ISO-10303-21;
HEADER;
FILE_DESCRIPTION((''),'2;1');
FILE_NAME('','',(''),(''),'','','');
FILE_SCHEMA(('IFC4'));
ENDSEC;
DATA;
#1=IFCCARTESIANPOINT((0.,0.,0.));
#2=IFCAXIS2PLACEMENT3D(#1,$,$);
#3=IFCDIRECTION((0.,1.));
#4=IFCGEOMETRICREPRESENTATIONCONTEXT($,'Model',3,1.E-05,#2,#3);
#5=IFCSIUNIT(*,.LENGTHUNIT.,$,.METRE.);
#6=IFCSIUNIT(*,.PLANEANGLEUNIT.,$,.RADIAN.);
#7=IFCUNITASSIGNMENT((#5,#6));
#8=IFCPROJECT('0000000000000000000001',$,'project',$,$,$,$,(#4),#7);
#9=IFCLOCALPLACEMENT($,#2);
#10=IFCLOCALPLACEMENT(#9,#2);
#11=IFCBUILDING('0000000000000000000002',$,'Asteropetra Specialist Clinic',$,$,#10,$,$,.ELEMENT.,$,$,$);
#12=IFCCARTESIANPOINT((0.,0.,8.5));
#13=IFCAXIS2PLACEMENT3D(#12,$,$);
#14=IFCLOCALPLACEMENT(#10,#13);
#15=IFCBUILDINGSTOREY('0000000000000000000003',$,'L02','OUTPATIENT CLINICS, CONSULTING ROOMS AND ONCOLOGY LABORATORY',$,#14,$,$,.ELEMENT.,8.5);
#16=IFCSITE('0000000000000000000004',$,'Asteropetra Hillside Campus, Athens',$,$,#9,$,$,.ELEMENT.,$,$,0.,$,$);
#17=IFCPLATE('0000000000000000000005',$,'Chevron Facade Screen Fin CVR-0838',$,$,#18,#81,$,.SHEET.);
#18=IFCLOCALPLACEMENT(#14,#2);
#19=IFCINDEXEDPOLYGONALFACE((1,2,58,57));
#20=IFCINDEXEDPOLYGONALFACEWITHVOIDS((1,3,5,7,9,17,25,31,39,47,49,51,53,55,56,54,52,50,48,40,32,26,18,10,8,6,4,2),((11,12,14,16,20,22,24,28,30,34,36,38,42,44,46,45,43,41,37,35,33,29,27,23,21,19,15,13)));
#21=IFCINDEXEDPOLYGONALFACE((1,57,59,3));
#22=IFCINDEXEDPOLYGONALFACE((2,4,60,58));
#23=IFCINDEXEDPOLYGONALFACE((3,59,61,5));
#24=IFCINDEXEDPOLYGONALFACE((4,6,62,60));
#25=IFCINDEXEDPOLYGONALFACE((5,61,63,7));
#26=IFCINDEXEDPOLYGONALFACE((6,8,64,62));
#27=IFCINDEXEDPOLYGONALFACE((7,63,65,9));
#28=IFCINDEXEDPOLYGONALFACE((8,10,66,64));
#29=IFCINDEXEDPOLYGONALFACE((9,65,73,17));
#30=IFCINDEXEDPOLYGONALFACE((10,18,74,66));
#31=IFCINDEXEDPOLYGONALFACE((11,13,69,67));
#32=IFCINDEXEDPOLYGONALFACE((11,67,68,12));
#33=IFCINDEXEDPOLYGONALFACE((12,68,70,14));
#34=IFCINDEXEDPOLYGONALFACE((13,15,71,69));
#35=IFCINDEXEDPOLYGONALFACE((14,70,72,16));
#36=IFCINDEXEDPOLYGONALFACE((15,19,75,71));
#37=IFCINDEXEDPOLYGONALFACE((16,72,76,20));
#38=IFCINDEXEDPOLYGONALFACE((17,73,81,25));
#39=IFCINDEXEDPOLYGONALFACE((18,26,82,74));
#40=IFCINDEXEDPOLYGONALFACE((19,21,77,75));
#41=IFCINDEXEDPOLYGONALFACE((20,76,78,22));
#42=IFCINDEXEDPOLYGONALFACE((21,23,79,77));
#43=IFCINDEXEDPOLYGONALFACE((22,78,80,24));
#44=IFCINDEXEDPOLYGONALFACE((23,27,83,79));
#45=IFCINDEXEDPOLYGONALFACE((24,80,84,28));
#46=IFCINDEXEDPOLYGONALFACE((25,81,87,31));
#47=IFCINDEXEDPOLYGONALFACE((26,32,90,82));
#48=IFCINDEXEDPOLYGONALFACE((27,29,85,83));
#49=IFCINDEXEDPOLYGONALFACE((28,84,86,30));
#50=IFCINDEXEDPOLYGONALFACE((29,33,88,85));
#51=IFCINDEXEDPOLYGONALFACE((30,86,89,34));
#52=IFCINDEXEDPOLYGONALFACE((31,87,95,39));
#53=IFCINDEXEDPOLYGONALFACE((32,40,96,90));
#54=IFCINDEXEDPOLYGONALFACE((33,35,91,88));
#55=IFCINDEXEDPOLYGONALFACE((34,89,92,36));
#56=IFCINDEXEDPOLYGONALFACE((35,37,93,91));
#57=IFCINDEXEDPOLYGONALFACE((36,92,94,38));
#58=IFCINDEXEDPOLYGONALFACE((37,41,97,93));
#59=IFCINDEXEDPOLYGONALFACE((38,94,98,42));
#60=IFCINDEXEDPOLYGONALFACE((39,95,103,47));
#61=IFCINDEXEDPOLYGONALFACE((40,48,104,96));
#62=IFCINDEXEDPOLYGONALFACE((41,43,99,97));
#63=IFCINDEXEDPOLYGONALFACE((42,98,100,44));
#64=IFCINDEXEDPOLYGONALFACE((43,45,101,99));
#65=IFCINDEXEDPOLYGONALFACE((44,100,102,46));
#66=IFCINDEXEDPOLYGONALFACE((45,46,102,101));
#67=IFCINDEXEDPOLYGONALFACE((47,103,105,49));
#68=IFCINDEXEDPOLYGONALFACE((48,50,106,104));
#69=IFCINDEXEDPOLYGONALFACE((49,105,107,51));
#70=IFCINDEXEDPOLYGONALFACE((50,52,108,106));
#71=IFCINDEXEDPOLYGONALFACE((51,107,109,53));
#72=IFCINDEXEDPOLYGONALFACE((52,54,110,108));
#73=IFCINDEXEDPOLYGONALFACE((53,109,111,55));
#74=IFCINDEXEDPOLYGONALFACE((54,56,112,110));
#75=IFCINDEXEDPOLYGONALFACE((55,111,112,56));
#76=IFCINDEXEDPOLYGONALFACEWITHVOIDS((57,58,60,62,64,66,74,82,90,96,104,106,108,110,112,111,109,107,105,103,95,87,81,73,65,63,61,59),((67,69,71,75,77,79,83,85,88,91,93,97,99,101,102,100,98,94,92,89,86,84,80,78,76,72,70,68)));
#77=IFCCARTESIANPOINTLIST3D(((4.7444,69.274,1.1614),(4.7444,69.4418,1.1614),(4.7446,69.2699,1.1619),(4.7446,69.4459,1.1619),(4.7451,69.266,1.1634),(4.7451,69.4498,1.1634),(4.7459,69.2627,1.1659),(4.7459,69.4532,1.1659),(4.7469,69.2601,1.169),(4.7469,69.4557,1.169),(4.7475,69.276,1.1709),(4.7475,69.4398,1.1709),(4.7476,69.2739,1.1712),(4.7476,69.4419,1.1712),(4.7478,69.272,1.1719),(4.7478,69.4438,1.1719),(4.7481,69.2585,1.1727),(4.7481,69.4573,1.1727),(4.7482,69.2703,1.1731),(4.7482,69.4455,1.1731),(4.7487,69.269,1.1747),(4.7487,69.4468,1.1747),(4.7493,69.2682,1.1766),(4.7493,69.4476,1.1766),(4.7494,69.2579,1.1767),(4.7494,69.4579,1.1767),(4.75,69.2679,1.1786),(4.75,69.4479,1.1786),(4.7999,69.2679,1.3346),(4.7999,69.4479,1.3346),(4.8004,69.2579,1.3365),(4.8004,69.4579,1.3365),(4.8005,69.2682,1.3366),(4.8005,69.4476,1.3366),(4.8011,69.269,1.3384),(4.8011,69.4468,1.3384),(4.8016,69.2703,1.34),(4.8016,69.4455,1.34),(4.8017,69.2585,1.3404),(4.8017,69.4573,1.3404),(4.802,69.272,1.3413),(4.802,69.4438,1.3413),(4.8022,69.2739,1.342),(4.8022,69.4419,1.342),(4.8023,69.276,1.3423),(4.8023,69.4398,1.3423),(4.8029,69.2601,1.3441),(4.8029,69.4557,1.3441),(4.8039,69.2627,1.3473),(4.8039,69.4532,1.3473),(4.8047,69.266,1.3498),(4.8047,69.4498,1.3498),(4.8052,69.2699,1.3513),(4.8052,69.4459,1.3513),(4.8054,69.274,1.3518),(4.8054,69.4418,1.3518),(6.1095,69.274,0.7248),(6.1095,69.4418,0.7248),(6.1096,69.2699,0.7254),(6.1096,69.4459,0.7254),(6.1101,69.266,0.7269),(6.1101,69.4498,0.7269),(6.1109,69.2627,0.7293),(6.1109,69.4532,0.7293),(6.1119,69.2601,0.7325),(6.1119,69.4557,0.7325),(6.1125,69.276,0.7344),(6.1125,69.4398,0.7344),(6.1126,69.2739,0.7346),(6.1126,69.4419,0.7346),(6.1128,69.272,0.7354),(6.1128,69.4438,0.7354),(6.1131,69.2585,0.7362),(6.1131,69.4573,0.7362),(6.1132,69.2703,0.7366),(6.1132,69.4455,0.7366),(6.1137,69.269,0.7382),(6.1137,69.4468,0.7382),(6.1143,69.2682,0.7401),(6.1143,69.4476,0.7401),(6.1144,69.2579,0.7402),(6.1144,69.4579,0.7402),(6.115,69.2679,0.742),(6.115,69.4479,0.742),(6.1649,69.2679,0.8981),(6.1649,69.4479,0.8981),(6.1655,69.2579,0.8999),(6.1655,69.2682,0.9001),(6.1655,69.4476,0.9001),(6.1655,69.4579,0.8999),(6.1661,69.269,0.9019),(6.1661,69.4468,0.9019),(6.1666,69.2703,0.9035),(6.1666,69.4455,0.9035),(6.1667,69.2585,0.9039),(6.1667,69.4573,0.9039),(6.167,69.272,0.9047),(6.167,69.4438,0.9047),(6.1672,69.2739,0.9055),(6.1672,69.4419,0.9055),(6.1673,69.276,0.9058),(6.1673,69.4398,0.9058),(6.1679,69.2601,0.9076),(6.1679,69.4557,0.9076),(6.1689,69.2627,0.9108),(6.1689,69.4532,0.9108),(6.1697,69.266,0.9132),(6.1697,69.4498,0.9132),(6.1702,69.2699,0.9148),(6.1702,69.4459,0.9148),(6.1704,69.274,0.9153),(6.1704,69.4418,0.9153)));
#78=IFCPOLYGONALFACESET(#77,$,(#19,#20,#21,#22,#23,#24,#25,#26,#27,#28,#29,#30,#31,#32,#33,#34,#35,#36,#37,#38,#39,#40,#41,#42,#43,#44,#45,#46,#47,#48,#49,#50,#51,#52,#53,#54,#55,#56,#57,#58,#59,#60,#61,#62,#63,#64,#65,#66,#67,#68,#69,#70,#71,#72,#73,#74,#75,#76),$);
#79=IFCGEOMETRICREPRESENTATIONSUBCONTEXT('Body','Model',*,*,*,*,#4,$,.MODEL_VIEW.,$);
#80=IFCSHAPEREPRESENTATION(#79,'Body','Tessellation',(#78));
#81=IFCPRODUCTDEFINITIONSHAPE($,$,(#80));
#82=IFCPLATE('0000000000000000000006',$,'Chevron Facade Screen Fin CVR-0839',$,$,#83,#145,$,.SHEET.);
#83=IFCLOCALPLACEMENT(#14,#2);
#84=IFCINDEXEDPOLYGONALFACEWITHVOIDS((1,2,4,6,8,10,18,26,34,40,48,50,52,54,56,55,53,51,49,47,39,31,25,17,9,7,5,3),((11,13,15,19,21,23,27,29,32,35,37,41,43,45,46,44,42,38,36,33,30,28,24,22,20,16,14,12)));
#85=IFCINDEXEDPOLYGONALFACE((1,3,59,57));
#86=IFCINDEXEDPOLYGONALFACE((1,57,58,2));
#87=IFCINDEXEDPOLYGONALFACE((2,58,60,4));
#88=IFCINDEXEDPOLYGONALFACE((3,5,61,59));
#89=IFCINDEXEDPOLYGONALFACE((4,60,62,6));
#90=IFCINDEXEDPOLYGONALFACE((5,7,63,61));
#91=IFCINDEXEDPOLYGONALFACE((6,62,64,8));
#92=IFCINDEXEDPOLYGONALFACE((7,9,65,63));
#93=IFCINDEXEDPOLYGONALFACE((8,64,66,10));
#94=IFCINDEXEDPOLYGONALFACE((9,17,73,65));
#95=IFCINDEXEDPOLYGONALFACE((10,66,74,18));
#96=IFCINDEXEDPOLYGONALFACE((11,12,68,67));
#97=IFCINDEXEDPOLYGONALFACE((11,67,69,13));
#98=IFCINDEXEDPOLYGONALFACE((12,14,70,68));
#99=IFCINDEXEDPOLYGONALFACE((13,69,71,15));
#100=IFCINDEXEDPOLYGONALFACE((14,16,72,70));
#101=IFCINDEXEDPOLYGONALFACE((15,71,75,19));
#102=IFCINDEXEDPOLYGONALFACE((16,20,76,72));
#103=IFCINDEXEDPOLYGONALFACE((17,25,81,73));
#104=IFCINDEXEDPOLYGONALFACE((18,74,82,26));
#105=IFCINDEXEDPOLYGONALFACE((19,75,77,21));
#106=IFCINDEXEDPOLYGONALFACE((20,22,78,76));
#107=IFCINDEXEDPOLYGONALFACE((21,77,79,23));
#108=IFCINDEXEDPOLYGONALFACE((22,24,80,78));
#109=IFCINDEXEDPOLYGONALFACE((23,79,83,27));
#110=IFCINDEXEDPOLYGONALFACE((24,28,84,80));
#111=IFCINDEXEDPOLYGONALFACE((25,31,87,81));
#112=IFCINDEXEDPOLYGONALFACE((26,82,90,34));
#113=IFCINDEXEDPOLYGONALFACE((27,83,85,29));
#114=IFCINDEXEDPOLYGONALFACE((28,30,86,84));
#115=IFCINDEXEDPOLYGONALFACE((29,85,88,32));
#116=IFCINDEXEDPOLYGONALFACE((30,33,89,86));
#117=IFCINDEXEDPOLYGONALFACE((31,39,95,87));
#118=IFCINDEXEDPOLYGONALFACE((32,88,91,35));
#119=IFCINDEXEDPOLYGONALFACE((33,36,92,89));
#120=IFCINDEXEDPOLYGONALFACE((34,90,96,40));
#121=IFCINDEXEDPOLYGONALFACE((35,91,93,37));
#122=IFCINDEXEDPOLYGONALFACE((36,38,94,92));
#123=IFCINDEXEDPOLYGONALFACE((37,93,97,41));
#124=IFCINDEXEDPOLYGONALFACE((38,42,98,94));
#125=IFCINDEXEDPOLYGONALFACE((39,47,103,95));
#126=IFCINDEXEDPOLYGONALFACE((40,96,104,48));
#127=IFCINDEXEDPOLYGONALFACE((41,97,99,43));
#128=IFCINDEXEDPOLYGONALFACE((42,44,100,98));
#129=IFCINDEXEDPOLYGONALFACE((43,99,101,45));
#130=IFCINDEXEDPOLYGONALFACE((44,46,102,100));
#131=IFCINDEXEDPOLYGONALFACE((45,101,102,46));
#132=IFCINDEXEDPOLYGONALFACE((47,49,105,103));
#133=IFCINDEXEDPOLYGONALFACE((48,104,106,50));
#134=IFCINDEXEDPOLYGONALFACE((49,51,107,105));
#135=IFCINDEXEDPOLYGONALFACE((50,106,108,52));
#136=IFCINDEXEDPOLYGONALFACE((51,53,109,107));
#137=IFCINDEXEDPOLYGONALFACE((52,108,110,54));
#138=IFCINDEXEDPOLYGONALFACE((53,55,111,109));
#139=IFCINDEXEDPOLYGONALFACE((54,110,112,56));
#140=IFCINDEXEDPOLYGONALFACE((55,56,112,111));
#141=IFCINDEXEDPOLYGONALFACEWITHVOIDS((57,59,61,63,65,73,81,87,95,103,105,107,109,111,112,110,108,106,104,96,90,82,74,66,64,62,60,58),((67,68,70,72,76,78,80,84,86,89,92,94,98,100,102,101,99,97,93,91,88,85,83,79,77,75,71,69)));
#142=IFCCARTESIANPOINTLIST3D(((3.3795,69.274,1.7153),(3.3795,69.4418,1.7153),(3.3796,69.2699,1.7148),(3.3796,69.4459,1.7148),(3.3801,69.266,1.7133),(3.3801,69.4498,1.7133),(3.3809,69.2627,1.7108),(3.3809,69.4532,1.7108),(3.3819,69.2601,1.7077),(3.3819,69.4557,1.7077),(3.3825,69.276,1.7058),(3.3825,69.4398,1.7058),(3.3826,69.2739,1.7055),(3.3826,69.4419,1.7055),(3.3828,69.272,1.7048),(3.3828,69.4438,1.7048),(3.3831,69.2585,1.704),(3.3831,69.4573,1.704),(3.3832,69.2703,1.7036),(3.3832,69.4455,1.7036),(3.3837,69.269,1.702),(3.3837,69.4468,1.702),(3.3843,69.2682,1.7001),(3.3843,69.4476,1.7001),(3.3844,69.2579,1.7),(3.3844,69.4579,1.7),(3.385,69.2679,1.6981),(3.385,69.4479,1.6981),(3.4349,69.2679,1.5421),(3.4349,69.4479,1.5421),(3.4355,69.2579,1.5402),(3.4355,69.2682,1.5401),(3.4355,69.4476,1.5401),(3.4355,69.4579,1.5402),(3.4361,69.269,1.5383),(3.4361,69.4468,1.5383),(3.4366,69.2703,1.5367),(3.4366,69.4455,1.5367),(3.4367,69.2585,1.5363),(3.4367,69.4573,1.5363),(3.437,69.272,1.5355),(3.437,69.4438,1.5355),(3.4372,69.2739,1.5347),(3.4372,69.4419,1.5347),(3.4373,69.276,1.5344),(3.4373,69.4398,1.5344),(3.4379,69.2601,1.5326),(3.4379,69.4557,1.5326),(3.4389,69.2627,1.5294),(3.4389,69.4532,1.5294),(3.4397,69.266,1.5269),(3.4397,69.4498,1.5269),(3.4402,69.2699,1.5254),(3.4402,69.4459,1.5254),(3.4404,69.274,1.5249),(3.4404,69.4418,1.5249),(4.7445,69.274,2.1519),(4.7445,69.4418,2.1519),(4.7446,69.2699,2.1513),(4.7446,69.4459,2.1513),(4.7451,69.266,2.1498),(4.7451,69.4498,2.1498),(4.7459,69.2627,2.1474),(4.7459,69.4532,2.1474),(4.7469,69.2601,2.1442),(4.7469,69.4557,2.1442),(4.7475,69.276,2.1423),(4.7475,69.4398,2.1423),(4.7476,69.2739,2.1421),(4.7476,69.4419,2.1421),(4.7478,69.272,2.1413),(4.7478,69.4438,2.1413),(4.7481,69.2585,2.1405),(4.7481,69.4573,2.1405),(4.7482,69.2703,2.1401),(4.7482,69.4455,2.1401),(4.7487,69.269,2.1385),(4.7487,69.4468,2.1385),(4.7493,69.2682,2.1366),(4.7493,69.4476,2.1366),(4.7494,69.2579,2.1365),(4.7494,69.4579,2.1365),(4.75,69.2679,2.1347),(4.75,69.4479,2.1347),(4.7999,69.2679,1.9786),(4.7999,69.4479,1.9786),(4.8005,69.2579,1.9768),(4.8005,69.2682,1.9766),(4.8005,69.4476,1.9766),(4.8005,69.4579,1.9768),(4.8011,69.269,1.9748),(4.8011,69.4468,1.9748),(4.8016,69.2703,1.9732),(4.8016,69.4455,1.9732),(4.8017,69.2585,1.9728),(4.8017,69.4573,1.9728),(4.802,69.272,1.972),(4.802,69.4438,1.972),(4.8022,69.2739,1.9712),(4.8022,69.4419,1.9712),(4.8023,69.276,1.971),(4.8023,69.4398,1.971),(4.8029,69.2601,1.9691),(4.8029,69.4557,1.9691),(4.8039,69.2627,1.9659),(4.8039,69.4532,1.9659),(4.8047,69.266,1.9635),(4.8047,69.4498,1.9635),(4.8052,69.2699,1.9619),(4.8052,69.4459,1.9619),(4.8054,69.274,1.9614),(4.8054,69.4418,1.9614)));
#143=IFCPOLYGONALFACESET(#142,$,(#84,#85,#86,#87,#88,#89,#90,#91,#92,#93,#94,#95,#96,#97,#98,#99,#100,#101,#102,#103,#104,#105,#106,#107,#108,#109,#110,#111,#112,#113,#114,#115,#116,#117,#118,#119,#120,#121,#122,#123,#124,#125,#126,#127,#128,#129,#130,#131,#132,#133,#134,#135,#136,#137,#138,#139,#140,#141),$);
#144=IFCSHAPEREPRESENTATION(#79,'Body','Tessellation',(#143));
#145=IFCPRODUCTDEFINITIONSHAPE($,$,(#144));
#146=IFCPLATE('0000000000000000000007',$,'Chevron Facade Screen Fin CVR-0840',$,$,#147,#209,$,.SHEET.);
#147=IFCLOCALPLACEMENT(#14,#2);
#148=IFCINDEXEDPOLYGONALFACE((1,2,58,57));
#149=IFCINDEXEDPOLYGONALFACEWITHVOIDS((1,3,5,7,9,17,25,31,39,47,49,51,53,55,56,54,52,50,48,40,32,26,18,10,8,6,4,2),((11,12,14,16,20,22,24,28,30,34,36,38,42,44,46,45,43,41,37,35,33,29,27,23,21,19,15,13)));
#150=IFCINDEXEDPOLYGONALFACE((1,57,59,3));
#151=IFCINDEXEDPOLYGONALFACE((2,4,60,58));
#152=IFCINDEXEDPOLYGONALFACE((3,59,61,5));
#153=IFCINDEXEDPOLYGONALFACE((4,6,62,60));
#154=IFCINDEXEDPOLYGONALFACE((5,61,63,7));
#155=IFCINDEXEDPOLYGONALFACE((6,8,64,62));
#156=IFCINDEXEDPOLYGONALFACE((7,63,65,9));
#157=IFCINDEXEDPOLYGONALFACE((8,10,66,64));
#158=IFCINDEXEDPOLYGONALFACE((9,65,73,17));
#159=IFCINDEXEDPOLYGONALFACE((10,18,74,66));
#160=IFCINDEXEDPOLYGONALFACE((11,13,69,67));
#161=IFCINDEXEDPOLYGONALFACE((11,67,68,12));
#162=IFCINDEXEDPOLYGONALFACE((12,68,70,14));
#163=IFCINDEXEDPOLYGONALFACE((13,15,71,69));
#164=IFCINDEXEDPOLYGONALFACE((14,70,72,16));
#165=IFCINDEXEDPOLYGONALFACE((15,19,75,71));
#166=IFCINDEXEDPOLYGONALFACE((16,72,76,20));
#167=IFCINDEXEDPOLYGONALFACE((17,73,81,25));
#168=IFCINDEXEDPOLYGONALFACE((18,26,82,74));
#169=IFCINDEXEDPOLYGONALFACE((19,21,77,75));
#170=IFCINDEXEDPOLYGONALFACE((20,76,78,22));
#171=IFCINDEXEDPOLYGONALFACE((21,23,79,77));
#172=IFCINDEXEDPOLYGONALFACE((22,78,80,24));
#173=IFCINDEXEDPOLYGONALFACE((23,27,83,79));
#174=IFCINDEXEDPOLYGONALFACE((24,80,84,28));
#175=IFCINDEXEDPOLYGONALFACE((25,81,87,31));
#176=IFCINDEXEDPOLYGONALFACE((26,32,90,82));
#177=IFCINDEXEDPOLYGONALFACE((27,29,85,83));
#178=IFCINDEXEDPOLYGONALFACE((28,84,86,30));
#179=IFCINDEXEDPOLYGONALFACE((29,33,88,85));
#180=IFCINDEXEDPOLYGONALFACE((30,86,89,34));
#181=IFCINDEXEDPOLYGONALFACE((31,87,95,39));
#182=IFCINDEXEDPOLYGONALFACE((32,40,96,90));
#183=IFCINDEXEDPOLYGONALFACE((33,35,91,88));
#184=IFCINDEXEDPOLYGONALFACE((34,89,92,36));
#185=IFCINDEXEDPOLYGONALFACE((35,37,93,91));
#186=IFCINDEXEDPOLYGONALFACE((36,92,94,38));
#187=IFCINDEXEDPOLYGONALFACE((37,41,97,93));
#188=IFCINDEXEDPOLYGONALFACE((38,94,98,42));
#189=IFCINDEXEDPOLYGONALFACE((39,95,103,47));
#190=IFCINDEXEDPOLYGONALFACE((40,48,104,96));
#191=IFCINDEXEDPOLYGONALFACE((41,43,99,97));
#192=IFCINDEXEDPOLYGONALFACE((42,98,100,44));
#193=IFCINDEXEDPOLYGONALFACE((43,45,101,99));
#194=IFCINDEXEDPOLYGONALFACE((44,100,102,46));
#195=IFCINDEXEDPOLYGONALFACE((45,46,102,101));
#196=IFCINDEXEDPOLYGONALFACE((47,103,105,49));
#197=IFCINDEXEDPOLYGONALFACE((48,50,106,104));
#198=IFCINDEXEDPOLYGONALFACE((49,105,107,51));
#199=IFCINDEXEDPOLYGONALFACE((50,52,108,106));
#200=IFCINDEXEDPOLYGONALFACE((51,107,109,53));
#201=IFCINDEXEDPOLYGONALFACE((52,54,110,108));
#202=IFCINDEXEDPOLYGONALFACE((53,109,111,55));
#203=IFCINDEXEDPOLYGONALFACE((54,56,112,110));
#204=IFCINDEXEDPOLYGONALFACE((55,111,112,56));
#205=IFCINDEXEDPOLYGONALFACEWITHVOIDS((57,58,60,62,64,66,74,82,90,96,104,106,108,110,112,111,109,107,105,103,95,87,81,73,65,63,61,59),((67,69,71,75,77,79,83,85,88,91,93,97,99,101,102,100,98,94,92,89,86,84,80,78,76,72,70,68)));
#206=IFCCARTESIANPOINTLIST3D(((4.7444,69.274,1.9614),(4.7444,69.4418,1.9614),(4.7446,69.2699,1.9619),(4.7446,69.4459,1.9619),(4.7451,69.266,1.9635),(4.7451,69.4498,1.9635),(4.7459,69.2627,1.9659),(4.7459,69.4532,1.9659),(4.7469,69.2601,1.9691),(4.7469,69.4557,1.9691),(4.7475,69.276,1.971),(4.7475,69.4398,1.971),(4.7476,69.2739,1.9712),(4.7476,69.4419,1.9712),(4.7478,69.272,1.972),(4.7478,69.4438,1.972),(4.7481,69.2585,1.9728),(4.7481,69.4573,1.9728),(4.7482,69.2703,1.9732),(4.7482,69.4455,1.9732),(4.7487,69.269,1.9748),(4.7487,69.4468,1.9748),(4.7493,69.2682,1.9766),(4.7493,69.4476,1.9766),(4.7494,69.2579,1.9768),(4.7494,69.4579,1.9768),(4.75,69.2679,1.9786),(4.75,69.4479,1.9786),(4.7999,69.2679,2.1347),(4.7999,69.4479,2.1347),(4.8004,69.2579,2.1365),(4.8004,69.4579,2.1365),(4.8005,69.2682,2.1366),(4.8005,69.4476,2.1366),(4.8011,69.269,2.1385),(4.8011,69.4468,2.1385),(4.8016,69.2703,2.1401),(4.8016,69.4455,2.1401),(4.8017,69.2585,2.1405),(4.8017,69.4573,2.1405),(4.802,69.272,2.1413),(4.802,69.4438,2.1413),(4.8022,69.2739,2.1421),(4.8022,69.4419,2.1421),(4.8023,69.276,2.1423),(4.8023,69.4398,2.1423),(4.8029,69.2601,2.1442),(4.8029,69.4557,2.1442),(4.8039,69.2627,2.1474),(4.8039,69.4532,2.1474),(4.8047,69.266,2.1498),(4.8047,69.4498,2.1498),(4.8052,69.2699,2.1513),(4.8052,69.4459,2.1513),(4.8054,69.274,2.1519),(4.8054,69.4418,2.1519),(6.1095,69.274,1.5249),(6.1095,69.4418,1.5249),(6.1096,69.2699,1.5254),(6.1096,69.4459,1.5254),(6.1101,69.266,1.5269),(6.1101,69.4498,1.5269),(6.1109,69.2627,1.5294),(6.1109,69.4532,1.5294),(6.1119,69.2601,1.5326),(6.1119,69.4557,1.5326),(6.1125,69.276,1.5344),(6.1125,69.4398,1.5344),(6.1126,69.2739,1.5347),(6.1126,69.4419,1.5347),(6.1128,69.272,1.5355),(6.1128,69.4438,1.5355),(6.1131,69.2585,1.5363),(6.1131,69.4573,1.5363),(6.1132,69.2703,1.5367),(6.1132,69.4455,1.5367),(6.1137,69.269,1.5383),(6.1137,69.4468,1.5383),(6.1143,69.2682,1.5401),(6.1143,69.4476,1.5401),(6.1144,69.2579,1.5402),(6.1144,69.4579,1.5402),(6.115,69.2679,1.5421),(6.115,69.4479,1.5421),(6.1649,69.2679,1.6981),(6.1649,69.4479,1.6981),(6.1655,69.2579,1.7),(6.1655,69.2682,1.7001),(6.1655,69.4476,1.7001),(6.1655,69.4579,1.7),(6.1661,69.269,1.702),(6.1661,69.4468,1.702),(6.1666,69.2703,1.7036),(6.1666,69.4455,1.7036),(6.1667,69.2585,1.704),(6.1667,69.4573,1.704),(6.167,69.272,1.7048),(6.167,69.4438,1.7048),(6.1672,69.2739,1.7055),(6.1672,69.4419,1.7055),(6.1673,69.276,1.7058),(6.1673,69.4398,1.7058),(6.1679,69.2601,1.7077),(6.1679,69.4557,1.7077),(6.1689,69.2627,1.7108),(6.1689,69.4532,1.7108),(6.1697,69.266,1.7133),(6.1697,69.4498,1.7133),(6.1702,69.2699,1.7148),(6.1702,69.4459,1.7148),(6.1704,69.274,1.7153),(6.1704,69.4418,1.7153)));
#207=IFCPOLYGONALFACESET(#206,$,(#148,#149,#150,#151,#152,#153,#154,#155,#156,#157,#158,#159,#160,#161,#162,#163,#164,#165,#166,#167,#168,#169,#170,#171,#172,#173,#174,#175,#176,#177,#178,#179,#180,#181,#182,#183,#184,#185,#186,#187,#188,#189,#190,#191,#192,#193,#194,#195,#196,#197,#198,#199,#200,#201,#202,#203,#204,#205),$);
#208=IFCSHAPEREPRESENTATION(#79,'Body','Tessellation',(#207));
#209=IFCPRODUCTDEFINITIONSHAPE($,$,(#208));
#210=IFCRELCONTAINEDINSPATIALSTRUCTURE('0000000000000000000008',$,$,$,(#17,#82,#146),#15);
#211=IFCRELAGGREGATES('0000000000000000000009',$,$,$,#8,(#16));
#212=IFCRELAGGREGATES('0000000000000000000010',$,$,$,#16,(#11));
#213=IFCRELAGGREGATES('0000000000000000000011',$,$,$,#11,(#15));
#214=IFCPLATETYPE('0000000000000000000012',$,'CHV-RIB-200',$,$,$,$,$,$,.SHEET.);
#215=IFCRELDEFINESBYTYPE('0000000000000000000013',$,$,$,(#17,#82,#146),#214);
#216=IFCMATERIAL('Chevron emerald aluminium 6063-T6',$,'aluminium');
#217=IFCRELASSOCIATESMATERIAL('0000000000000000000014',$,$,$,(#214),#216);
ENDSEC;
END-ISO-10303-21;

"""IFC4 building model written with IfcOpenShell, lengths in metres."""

from ifc_helpers import new_model, si_unit, direction, frame, origin, origin_2d, place, context, subcontext, project, spatial, hollow_rectangle, extrude, material, material_profile, profile_set, type_object, element, save


model = new_model("IFC4")

# Units and contexts
model_context = context("Model", 3, precision=1e-05, world=origin(), true_north=direction((0.0, 1.0)))
body_context = subcontext(model_context, "Body", "Model", "MODEL_VIEW")
ifc_project = project(units=[si_unit("LENGTHUNIT", "METRE"), si_unit("PLANEANGLEUNIT", "RADIAN")], contexts=[model_context])

# Site, building, storey
site_placement = place(None, origin())
site = spatial("IfcSite", under=ifc_project, at=site_placement, Name="Asteropetra Hillside Campus, Athens", CompositionType="ELEMENT", RefElevation=0.0)
building_placement = place(site_placement, origin())
building = spatial("IfcBuilding", under=site, at=building_placement, Name="Asteropetra Specialist Clinic", CompositionType="ELEMENT")
storey_placement = place(building_placement, frame((0.0, 0.0, 8.5)))
storey = spatial("IfcBuildingStorey", under=building, at=storey_placement, Name="L02", Description="OUTPATIENT CLINICS, CONSULTING ROOMS AND ONCOLOGY LABORATORY", CompositionType="ELEMENT", Elevation=8.5)

# Plates
ifc_material_1 = material(Name="Chevron emerald aluminium 6063-T6", Category="aluminium")
ifc_material_profile_1 = material_profile(ifc_material_1, hollow_rectangle(XDim=0.2, YDim=0.2, WallThickness=0.01, InnerFilletRadius=0.0081, OuterFilletRadius=0.0161, at=origin_2d()), Name="SHS 200x200x10.0")
ifc_profile_set_1 = profile_set([ifc_material_profile_1], Name="Chevron emerald aluminium 6063-T6")
plate_type_1 = type_object("IfcPlateType", Name="CHV-RIB-200", PredefinedType="SHEET", material=ifc_profile_set_1)
for number, where, z_axis, x_axis, name in (
    (1, (4.7749, 69.3579, 1.2566), (0.95248, 0.0, -0.304603), (0.0, 1.0, 0.0), "Chevron Facade Screen Fin CVR-0838"),
    (2, (3.4099, 69.3579, 1.6201), (0.95248, 0.0, 0.304603), (0.0, 1.0, 0.0), "Chevron Facade Screen Fin CVR-0839"),
    (3, (4.7749, 69.3579, 2.0566), (0.95248, 0.0, -0.304603), (0.0, 1.0, 0.0), "Chevron Facade Screen Fin CVR-0840"),
):
    element("IfcPlate", number, at=place(storey_placement, frame(where, z_axis=z_axis, x_axis=x_axis)), inside=storey, type_object=plate_type_1, Name=name, PredefinedType="SHEET", context=body_context, shape_type="SweptSolid", body=[
        extrude(hollow_rectangle(XDim=0.2, YDim=0.2, WallThickness=0.01, InnerFilletRadius=0.0081, OuterFilletRadius=0.0161, at=origin_2d()), origin(), (0.0, 0.0, 1.0), 1.4331),
    ])

save(model, "model.ifc")
